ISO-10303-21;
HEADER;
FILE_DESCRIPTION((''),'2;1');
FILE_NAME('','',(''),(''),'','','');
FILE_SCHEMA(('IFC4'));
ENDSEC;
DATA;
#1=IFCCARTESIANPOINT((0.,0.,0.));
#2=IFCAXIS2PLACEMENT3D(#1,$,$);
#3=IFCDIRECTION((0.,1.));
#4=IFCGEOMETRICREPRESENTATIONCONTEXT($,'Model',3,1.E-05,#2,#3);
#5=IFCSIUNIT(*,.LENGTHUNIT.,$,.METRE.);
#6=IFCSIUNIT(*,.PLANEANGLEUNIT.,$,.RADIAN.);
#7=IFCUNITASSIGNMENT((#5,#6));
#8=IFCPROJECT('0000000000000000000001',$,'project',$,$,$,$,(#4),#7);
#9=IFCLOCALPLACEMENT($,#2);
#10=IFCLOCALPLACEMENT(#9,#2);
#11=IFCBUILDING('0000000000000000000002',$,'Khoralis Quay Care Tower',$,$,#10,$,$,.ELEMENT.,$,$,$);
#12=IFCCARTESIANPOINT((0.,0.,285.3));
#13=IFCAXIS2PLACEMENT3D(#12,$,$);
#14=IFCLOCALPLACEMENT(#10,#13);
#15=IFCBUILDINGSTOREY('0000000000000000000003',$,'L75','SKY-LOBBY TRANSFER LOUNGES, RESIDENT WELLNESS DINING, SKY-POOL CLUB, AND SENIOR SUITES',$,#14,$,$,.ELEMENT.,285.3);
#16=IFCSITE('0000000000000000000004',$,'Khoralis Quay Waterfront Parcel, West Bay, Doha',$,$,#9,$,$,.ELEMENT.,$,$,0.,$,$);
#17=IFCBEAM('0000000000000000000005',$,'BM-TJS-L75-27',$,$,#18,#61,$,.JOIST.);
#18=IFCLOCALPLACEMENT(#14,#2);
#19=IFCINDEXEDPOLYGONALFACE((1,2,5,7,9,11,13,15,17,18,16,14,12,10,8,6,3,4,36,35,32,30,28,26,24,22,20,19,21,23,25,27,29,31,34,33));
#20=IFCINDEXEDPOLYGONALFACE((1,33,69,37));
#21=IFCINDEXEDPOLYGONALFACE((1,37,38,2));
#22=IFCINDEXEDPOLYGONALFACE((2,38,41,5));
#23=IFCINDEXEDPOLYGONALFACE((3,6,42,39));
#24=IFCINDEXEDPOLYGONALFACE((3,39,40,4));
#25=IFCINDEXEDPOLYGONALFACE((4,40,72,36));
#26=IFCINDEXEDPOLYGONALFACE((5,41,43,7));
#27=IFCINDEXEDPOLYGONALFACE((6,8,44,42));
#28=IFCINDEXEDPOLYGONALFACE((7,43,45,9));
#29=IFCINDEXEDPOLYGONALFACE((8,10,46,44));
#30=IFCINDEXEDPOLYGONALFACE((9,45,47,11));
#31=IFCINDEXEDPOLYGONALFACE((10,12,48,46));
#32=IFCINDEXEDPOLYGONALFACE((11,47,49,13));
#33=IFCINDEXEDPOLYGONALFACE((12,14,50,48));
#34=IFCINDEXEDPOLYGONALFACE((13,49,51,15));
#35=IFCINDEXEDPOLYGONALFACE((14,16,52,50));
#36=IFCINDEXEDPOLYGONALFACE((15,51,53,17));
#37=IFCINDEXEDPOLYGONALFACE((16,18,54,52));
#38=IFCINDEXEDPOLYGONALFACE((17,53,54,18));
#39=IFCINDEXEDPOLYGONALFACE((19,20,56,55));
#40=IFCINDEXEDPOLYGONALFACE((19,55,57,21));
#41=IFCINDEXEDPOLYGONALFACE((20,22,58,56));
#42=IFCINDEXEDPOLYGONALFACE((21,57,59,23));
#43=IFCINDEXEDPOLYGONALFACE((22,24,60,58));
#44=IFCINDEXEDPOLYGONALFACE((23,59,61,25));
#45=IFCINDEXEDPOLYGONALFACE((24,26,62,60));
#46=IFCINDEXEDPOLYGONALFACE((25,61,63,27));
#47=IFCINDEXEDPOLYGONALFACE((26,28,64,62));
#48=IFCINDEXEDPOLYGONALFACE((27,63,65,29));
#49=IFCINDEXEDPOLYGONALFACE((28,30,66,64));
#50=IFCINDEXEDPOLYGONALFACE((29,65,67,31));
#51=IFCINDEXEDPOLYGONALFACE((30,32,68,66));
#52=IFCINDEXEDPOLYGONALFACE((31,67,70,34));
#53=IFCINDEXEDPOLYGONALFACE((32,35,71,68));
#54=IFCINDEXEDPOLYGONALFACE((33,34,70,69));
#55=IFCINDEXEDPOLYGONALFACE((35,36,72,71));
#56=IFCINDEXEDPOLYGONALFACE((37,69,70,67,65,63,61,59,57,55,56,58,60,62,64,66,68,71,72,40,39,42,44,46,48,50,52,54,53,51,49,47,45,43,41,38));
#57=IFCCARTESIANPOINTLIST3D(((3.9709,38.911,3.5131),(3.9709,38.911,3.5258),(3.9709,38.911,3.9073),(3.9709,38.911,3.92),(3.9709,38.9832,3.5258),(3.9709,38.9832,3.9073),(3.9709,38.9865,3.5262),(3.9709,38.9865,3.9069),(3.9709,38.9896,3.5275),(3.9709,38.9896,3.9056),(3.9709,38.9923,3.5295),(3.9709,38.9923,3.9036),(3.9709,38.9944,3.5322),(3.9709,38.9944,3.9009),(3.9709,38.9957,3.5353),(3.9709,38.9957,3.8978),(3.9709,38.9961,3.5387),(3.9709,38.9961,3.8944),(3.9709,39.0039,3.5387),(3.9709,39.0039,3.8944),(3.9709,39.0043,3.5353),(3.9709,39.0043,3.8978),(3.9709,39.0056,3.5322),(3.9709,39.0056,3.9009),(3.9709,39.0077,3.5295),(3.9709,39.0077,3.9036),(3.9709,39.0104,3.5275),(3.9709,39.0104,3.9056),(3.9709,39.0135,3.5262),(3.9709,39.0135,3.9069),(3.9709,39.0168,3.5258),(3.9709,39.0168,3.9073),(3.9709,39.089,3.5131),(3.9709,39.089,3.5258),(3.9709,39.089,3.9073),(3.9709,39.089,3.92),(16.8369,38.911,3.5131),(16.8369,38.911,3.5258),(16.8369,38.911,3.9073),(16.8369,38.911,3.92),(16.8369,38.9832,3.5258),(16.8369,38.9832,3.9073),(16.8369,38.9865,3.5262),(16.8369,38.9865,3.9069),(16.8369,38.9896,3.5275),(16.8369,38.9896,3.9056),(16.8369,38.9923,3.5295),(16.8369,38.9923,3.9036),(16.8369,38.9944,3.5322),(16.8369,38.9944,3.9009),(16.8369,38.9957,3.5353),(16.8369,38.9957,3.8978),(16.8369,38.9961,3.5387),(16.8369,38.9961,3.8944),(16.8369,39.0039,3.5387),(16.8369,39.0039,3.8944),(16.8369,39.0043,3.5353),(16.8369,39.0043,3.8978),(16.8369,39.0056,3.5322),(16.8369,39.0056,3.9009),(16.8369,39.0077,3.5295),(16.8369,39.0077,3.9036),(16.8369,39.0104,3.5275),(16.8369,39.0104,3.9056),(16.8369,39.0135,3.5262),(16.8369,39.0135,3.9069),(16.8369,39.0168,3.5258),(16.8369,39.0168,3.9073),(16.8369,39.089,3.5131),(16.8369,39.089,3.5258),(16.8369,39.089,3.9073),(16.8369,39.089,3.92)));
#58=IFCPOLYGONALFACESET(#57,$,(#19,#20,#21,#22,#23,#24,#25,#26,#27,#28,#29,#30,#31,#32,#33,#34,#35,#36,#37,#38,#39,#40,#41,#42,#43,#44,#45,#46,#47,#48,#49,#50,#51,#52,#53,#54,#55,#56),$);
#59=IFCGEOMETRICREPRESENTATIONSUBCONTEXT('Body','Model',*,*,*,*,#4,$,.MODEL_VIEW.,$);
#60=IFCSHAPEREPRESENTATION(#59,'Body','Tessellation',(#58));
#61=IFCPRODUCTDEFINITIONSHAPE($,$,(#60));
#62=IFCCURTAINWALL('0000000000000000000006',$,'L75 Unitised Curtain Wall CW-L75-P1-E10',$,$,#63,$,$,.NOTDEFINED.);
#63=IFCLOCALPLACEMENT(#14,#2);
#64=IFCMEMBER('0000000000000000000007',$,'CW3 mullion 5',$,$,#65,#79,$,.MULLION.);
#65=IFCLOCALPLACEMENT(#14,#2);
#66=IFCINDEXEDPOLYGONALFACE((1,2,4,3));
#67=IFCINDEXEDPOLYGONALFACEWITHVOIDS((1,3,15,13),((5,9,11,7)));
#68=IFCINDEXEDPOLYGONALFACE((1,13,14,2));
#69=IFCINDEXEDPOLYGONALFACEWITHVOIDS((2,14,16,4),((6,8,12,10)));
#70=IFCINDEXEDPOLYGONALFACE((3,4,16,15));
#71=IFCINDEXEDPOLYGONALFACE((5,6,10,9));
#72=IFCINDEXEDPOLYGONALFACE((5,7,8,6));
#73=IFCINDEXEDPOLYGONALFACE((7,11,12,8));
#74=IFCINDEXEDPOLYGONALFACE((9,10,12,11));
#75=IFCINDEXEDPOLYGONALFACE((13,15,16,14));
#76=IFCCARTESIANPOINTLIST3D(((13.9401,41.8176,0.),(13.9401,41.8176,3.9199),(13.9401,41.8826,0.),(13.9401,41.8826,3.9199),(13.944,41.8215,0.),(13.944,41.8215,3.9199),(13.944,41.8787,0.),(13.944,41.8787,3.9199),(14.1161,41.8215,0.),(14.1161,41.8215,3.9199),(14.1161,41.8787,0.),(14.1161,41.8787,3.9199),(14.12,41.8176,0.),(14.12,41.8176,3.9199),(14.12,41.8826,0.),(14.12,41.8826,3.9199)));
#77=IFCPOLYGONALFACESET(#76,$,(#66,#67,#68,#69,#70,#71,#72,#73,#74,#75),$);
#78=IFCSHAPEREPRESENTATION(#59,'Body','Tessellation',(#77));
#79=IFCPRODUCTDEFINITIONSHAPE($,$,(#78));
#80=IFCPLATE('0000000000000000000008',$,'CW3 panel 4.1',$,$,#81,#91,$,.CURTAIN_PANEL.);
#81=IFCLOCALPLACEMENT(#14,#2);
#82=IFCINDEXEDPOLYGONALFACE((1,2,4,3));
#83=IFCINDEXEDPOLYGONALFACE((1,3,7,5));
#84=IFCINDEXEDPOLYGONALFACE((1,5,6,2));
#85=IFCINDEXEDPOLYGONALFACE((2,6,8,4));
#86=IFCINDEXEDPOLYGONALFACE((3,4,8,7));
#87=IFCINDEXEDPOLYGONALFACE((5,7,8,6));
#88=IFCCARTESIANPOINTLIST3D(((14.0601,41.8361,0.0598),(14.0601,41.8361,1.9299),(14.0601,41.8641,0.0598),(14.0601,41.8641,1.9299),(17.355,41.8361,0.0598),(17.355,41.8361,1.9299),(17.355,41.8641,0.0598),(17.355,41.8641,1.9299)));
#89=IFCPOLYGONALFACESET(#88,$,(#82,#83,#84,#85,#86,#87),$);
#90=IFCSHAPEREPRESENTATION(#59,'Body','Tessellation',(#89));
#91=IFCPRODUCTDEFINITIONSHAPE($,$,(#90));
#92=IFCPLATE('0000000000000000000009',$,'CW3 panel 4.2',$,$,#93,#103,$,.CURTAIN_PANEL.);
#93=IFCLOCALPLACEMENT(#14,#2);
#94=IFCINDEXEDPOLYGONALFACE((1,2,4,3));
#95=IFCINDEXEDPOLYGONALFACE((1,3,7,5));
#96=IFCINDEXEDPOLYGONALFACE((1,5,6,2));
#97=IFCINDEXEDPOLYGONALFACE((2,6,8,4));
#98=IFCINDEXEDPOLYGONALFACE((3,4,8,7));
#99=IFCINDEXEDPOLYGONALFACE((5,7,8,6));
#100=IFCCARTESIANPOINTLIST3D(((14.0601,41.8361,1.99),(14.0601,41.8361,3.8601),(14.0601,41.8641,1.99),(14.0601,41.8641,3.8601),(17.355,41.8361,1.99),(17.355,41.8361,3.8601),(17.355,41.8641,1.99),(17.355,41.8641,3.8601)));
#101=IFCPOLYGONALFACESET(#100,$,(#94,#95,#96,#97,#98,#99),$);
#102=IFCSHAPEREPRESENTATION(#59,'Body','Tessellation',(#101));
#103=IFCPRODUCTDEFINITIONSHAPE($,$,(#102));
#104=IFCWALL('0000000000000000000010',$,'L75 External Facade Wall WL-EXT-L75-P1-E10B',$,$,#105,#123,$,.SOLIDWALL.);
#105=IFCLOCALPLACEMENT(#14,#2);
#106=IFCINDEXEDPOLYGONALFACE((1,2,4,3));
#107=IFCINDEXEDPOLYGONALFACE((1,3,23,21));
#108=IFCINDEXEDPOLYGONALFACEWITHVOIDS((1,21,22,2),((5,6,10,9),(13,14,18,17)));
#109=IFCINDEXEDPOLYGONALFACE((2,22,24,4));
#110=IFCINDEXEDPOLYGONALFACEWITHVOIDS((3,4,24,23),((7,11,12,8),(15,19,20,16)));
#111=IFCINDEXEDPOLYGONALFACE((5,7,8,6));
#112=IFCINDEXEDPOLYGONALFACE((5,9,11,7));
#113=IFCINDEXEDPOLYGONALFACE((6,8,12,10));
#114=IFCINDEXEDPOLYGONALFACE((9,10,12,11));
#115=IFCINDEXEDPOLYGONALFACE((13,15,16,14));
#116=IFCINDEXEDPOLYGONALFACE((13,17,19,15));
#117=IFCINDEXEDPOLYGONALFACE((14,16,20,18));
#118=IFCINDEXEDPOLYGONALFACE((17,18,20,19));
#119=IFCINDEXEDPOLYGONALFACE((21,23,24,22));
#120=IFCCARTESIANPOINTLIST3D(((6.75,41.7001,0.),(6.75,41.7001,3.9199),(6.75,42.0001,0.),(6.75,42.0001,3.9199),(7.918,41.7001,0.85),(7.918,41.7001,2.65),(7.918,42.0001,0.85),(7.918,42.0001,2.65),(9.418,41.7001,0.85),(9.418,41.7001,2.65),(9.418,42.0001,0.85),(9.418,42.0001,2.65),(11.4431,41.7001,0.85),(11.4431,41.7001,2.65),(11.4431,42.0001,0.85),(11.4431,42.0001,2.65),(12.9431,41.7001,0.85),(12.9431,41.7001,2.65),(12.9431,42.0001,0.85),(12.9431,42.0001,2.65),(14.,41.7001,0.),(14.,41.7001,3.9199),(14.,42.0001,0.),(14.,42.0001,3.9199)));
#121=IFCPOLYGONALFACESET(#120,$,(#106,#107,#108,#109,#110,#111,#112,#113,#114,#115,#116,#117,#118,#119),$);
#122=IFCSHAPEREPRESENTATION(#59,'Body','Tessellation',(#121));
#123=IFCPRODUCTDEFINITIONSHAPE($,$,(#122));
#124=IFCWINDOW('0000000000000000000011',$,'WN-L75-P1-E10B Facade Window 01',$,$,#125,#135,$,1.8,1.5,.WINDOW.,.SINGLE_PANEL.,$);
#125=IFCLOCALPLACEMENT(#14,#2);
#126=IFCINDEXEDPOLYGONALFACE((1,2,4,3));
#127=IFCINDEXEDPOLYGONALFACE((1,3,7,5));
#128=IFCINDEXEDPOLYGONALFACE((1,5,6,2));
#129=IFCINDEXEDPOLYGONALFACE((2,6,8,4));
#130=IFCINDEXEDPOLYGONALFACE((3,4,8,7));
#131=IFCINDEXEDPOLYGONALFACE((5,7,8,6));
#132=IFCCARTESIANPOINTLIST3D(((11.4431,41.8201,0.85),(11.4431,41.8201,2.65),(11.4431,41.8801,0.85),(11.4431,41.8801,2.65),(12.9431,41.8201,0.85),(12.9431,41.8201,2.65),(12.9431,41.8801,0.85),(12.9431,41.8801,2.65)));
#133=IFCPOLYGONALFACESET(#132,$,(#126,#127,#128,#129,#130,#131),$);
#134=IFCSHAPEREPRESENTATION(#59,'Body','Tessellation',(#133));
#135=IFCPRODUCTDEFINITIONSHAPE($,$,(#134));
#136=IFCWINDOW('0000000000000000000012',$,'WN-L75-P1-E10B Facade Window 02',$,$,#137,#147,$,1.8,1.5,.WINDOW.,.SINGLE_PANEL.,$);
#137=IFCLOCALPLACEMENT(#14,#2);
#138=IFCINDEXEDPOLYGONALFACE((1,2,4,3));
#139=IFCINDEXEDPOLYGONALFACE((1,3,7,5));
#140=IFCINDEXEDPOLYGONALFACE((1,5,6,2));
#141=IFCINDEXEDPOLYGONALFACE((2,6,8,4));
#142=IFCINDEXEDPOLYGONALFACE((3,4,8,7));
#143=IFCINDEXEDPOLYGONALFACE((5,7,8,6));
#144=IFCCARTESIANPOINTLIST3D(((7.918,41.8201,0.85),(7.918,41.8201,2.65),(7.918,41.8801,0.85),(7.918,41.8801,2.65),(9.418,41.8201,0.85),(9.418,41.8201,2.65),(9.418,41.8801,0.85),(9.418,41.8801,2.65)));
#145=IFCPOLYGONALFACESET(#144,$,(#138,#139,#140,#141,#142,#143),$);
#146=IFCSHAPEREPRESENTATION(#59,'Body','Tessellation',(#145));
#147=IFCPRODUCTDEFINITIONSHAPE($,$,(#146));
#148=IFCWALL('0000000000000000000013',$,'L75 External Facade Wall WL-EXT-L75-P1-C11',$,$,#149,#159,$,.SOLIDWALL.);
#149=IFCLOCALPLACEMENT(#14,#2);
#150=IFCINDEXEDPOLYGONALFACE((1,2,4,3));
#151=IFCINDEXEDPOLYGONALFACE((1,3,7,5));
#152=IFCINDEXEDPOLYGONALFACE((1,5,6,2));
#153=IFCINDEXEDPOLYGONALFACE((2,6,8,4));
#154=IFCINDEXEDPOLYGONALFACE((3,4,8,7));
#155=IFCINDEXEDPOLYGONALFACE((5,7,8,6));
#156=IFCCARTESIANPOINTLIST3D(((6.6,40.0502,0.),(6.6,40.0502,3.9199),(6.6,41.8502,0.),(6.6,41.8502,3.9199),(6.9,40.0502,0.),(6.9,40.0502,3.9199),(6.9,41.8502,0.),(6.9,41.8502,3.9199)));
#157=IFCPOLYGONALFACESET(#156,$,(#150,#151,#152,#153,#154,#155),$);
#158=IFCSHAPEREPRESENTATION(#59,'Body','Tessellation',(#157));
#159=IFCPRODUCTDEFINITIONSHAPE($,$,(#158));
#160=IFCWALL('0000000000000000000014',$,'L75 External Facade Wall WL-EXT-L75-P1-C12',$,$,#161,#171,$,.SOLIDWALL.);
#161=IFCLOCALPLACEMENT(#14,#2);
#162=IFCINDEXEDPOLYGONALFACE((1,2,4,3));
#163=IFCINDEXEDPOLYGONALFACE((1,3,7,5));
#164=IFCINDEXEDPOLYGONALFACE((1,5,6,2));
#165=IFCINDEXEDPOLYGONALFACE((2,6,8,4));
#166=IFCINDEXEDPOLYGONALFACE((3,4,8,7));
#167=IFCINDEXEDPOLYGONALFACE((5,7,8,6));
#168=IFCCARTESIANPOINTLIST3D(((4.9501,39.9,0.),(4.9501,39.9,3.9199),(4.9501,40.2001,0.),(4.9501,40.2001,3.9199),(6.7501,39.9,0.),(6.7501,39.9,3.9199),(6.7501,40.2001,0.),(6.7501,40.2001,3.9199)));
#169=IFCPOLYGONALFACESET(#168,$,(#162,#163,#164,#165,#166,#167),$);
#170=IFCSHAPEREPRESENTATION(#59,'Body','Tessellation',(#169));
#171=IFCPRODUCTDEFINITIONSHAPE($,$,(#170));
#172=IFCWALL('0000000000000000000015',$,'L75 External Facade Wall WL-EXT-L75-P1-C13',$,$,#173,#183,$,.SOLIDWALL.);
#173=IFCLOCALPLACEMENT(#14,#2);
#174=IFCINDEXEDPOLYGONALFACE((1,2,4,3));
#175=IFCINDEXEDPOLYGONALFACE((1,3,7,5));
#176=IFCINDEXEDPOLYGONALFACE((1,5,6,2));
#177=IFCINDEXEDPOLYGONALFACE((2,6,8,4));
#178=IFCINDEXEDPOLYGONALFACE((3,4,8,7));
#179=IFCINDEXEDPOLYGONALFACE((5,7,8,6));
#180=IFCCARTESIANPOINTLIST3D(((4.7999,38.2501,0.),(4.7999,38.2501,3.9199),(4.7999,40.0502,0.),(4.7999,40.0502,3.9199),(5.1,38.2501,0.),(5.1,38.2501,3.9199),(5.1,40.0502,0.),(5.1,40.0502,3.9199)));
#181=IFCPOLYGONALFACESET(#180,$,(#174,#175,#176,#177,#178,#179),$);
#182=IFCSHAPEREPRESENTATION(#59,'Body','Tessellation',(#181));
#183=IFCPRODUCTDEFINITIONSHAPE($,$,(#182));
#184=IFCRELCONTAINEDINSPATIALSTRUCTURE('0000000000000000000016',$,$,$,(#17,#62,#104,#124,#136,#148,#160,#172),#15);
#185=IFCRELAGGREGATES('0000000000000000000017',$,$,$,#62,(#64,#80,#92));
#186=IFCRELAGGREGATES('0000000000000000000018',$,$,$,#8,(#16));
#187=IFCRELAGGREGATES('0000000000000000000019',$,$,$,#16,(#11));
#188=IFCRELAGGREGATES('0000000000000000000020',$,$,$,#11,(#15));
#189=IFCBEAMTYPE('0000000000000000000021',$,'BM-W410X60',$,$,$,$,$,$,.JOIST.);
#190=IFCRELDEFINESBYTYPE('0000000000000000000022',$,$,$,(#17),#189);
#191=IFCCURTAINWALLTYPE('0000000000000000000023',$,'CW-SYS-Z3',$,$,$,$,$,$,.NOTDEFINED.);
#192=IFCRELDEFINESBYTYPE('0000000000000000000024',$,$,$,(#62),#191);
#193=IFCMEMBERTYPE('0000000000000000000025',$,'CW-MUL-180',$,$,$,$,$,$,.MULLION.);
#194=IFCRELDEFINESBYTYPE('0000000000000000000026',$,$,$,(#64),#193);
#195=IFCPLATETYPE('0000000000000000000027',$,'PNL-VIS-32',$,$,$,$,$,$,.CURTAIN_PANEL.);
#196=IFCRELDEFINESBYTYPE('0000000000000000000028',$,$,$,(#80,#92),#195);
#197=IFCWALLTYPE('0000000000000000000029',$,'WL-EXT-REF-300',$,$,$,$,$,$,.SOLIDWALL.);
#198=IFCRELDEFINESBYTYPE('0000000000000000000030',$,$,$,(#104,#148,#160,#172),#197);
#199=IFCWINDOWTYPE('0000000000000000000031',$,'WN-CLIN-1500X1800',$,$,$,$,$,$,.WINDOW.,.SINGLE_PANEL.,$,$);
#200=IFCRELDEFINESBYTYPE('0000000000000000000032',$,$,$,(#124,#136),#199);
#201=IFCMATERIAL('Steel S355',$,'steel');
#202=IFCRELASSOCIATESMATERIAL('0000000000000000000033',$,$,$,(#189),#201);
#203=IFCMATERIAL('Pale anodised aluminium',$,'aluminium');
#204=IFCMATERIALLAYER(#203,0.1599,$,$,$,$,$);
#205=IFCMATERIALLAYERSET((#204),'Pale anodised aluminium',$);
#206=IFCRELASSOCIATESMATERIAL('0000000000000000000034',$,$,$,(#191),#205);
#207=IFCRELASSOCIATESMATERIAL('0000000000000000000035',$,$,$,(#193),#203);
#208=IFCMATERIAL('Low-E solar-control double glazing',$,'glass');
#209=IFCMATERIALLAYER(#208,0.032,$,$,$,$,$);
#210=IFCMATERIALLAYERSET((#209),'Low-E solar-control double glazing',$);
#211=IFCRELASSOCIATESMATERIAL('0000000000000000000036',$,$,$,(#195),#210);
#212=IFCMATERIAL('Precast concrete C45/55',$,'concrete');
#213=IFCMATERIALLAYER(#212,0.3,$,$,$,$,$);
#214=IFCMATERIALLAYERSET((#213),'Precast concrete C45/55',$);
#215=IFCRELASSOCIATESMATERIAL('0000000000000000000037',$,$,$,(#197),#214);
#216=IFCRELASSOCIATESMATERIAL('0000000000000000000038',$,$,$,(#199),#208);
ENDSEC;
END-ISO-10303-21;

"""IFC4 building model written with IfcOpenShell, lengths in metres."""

from ifc_helpers import new_model, si_unit, direction, frame, frame_2d, origin, origin_2d, place, context, subcontext, project, spatial, rectangle, hollow_rectangle, i_section, extrude, source, transform, mapped, material, layer, layer_set, material_profile, profile_set, type_object, element, fill, aggregate, save


model = new_model("IFC4")

# Units and contexts
model_context = context("Model", 3, precision=1e-05, world=origin(), true_north=direction((0.0, 1.0)))
body_context = subcontext(model_context, "Body", "Model", "MODEL_VIEW")
ifc_project = project(units=[si_unit("LENGTHUNIT", "METRE"), si_unit("PLANEANGLEUNIT", "RADIAN")], contexts=[model_context])

# Site, building, storey
site_placement = place(None, origin())
site = spatial("IfcSite", under=ifc_project, at=site_placement, Name="Khoralis Quay Waterfront Parcel, West Bay, Doha", CompositionType="ELEMENT", RefElevation=0.0)
building_placement = place(site_placement, origin())
building = spatial("IfcBuilding", under=site, at=building_placement, Name="Khoralis Quay Care Tower", CompositionType="ELEMENT")
storey_placement = place(building_placement, frame((0.0, 0.0, 285.3)))
storey = spatial("IfcBuildingStorey", under=building, at=storey_placement, Name="L75", Description="SKY-LOBBY TRANSFER LOUNGES, RESIDENT WELLNESS DINING, SKY-POOL CLUB, AND SENIOR SUITES", CompositionType="ELEMENT", Elevation=285.3)

# Beam
ifc_material_1 = material(Name="Steel S355", Category="steel")
ifc_material_profile_1 = material_profile(ifc_material_1, i_section(OverallWidth=0.178, OverallDepth=0.407, WebThickness=0.0078, FlangeThickness=0.0127, FilletRadius=0.0129, at=origin_2d()), Name="Steel S355")
ifc_profile_set_1 = profile_set([ifc_material_profile_1], Name="Steel S355")
beam_type_1 = type_object("IfcBeamType", Name="BM-W410X60", PredefinedType="JOIST", material=ifc_profile_set_1)
shared_shape_1 = source(origin(), body_context, "Body", "SweptSolid", [
    extrude(i_section(OverallWidth=0.178, OverallDepth=0.407, WebThickness=0.0078, FlangeThickness=0.0127, FilletRadius=0.0129, at=origin_2d()), origin(), (0.0, 0.0, 1.0), 12.866),
])
beam_1_placement = place(storey_placement, frame((3.9709, 39.0, 3.7166), z_axis=(1.0, 0.0, 0.0), x_axis=(0.0, 1.0, 0.0)))
element("IfcBeam", 1, at=beam_1_placement, inside=storey, type_object=beam_type_1, Name="BM-TJS-L75-27", PredefinedType="JOIST", context=body_context, shape_type="MappedRepresentation", body=[
    mapped(shared_shape_1, transform((0.0, 0.0, 0.0), scale=1.0)),
])

# Curtain wall, member, plates
ifc_material_2 = material(Name="Pale anodised aluminium", Category="aluminium")
ifc_layer_1 = layer(ifc_material_2, 0.1599)
ifc_layer_set_1 = layer_set([ifc_layer_1], Name="Pale anodised aluminium")
curtain_wall_type = type_object("IfcCurtainWallType", Name="CW-SYS-Z3", PredefinedType="NOTDEFINED", material=ifc_layer_set_1)
curtain_wall_placement = place(storey_placement, origin())
curtain_wall = element("IfcCurtainWall", 2, at=curtain_wall_placement, inside=storey, type_object=curtain_wall_type, Name="L75 Unitised Curtain Wall CW-L75-P1-E10", PredefinedType="NOTDEFINED")
ifc_material_profile_2 = material_profile(ifc_material_2, hollow_rectangle(XDim=0.0649, YDim=0.1799, WallThickness=0.0039, at=origin_2d()), Name="Pale anodised aluminium")
ifc_profile_set_2 = profile_set([ifc_material_profile_2], Name="Pale anodised aluminium")
member_type = type_object("IfcMemberType", Name="CW-MUL-180", PredefinedType="MULLION", material=ifc_profile_set_2)
shared_shape_2 = source(origin(), body_context, "Body", "SweptSolid", [
    extrude(hollow_rectangle(XDim=0.0649, YDim=0.1799, WallThickness=0.0039, at=origin_2d()), origin(), (0.0, 0.0, 1.0), 3.9199),
])
member_placement = place(storey_placement, frame((14.03, 41.8501, 0.0), z_axis=(0.0, 0.0, 1.0), x_axis=(0.0, -1.0, 0.0)))
member = element("IfcMember", 3, at=member_placement, type_object=member_type, Name="CW3 mullion 5", PredefinedType="MULLION", context=body_context, shape_type="MappedRepresentation", body=[
    mapped(shared_shape_2, transform((0.0, 0.0, 0.0), scale=1.0)),
])
ifc_material_3 = material(Name="Low-E solar-control double glazing", Category="glass")
ifc_layer_2 = layer(ifc_material_3, 0.032)
ifc_layer_set_2 = layer_set([ifc_layer_2], Name="Low-E solar-control double glazing")
plate_type = type_object("IfcPlateType", Name="PNL-VIS-32", PredefinedType="CURTAIN_PANEL", material=ifc_layer_set_2)
shared_shape_3 = source(origin(), body_context, "Body", "SweptSolid", [
    extrude(rectangle(XDim=3.2949, YDim=0.0281, at=origin_2d()), origin(), (0.0, 0.0, 1.0), 1.8701),
])
plate_1_placement = place(storey_placement, frame((15.7075, 41.8501, 0.0598), z_axis=(0.0, 0.0, 1.0), x_axis=(-1.0, 0.0, 0.0)))
plate_1 = element("IfcPlate", 4, at=plate_1_placement, type_object=plate_type, Name="CW3 panel 4.1", PredefinedType="CURTAIN_PANEL", context=body_context, shape_type="MappedRepresentation", body=[
    mapped(shared_shape_3, transform((0.0, 0.0, 0.0), scale=1.0)),
])
plate_2_placement = place(storey_placement, frame((15.7075, 41.8501, 1.99), z_axis=(0.0, 0.0, 1.0), x_axis=(-1.0, 0.0, 0.0)))
plate_2 = element("IfcPlate", 5, at=plate_2_placement, type_object=plate_type, Name="CW3 panel 4.2", PredefinedType="CURTAIN_PANEL", context=body_context, shape_type="MappedRepresentation", body=[
    mapped(shared_shape_3, transform((0.0, 0.0, 0.0), scale=1.0)),
])
aggregate(curtain_wall, [member, plate_1, plate_2])

# Wall, openings, windows
ifc_material_4 = material(Name="Precast concrete C45/55", Category="concrete")
ifc_layer_3 = layer(ifc_material_4, 0.3)
ifc_layer_set_3 = layer_set([ifc_layer_3], Name="Precast concrete C45/55")
wall_type_1 = type_object("IfcWallType", Name="WL-EXT-REF-300", PredefinedType="SOLIDWALL", material=ifc_layer_set_3)
wall_1_placement = place(storey_placement, frame((14.0, 41.8501, 0.0), z_axis=(0.0, 0.0, 1.0), x_axis=(-1.0, 0.0, 0.0)))
wall_1 = element("IfcWall", 6, at=wall_1_placement, inside=storey, type_object=wall_type_1, Name="L75 External Facade Wall WL-EXT-L75-P1-E10B", PredefinedType="SOLIDWALL", context=body_context, shape_type="SweptSolid", body=[
    extrude(rectangle(XDim=7.25, YDim=0.3, at=frame_2d((3.625, 0.0))), origin(), (0.0, 0.0, 1.0), 3.9199),
])
opening_1_placement = place(wall_1_placement, frame((1.0569, 0.0, 0.8501)))
opening_1 = element("IfcOpeningElement", 7, at=opening_1_placement, cuts=wall_1, PredefinedType="OPENING", context=body_context, shape_type="SweptSolid", body=[
    extrude(rectangle(XDim=1.5, YDim=1.8, at=frame_2d((0.75, 0.8999))), frame((0.0, 0.1602, 0.0), z_axis=(0.0, -1.0, 0.0), x_axis=(1.0, 0.0, 0.0)), (0.0, 0.0, 1.0), 0.3201),
])
opening_2_placement = place(wall_1_placement, frame((4.582, 0.0, 0.8501)))
opening_2 = element("IfcOpeningElement", 8, at=opening_2_placement, cuts=wall_1, PredefinedType="OPENING", context=body_context, shape_type="SweptSolid", body=[
    extrude(rectangle(XDim=1.5, YDim=1.8, at=frame_2d((0.75, 0.8999))), frame((0.0, 0.1602, 0.0), z_axis=(0.0, -1.0, 0.0), x_axis=(1.0, 0.0, 0.0)), (0.0, 0.0, 1.0), 0.3201),
])
window_type = type_object("IfcWindowType", Name="WN-CLIN-1500X1800", PartitioningType="SINGLE_PANEL", PredefinedType="WINDOW", material=ifc_material_3)
shared_shape_4 = source(origin(), body_context, "Body", "SweptSolid", [
    extrude(rectangle(XDim=1.5, YDim=1.8, at=frame_2d((0.75, 0.8999))), frame((0.0, 0.03, 0.0), z_axis=(0.0, -1.0, 0.0), x_axis=(1.0, 0.0, 0.0)), (0.0, 0.0, 1.0), 0.0601),
])
window_1_placement = place(opening_1_placement, origin())
window_1 = element("IfcWindow", 9, at=window_1_placement, inside=storey, type_object=window_type, Name="WN-L75-P1-E10B Facade Window 01", OverallHeight=1.8, OverallWidth=1.5, PartitioningType="SINGLE_PANEL", PredefinedType="WINDOW", context=body_context, shape_type="MappedRepresentation", body=[
    mapped(shared_shape_4, transform((0.0, 0.0, 0.0), scale=1.0)),
])
fill(opening_1, window_1)
window_2_placement = place(opening_2_placement, origin())
window_2 = element("IfcWindow", 10, at=window_2_placement, inside=storey, type_object=window_type, Name="WN-L75-P1-E10B Facade Window 02", OverallHeight=1.8, OverallWidth=1.5, PartitioningType="SINGLE_PANEL", PredefinedType="WINDOW", context=body_context, shape_type="MappedRepresentation", body=[
    mapped(shared_shape_4, transform((0.0, 0.0, 0.0), scale=1.0)),
])
fill(opening_2, window_2)

# Walls
for number, where, z_axis, x_axis, name in (
    (11, (6.75, 41.8501, 0.0), (0.0, 0.0, 1.0), (0.0, -1.0, 0.0), "L75 External Facade Wall WL-EXT-L75-P1-C11"),
    (12, (6.75, 40.05, 0.0), (0.0, 0.0, 1.0), (-1.0, 0.0, 0.0), "L75 External Facade Wall WL-EXT-L75-P1-C12"),
    (13, (4.95, 40.05, 0.0), (0.0, 0.0, 1.0), (0.0, -1.0, 0.0), "L75 External Facade Wall WL-EXT-L75-P1-C13"),
):
    element("IfcWall", number, at=place(storey_placement, frame(where, z_axis=z_axis, x_axis=x_axis)), inside=storey, type_object=wall_type_1, Name=name, PredefinedType="SOLIDWALL", context=body_context, shape_type="SweptSolid", body=[
        extrude(rectangle(XDim=1.8, YDim=0.3, at=frame_2d((0.8999, 0.0))), origin(), (0.0, 0.0, 1.0), 3.9199),
    ])

save(model, "model.ifc")
